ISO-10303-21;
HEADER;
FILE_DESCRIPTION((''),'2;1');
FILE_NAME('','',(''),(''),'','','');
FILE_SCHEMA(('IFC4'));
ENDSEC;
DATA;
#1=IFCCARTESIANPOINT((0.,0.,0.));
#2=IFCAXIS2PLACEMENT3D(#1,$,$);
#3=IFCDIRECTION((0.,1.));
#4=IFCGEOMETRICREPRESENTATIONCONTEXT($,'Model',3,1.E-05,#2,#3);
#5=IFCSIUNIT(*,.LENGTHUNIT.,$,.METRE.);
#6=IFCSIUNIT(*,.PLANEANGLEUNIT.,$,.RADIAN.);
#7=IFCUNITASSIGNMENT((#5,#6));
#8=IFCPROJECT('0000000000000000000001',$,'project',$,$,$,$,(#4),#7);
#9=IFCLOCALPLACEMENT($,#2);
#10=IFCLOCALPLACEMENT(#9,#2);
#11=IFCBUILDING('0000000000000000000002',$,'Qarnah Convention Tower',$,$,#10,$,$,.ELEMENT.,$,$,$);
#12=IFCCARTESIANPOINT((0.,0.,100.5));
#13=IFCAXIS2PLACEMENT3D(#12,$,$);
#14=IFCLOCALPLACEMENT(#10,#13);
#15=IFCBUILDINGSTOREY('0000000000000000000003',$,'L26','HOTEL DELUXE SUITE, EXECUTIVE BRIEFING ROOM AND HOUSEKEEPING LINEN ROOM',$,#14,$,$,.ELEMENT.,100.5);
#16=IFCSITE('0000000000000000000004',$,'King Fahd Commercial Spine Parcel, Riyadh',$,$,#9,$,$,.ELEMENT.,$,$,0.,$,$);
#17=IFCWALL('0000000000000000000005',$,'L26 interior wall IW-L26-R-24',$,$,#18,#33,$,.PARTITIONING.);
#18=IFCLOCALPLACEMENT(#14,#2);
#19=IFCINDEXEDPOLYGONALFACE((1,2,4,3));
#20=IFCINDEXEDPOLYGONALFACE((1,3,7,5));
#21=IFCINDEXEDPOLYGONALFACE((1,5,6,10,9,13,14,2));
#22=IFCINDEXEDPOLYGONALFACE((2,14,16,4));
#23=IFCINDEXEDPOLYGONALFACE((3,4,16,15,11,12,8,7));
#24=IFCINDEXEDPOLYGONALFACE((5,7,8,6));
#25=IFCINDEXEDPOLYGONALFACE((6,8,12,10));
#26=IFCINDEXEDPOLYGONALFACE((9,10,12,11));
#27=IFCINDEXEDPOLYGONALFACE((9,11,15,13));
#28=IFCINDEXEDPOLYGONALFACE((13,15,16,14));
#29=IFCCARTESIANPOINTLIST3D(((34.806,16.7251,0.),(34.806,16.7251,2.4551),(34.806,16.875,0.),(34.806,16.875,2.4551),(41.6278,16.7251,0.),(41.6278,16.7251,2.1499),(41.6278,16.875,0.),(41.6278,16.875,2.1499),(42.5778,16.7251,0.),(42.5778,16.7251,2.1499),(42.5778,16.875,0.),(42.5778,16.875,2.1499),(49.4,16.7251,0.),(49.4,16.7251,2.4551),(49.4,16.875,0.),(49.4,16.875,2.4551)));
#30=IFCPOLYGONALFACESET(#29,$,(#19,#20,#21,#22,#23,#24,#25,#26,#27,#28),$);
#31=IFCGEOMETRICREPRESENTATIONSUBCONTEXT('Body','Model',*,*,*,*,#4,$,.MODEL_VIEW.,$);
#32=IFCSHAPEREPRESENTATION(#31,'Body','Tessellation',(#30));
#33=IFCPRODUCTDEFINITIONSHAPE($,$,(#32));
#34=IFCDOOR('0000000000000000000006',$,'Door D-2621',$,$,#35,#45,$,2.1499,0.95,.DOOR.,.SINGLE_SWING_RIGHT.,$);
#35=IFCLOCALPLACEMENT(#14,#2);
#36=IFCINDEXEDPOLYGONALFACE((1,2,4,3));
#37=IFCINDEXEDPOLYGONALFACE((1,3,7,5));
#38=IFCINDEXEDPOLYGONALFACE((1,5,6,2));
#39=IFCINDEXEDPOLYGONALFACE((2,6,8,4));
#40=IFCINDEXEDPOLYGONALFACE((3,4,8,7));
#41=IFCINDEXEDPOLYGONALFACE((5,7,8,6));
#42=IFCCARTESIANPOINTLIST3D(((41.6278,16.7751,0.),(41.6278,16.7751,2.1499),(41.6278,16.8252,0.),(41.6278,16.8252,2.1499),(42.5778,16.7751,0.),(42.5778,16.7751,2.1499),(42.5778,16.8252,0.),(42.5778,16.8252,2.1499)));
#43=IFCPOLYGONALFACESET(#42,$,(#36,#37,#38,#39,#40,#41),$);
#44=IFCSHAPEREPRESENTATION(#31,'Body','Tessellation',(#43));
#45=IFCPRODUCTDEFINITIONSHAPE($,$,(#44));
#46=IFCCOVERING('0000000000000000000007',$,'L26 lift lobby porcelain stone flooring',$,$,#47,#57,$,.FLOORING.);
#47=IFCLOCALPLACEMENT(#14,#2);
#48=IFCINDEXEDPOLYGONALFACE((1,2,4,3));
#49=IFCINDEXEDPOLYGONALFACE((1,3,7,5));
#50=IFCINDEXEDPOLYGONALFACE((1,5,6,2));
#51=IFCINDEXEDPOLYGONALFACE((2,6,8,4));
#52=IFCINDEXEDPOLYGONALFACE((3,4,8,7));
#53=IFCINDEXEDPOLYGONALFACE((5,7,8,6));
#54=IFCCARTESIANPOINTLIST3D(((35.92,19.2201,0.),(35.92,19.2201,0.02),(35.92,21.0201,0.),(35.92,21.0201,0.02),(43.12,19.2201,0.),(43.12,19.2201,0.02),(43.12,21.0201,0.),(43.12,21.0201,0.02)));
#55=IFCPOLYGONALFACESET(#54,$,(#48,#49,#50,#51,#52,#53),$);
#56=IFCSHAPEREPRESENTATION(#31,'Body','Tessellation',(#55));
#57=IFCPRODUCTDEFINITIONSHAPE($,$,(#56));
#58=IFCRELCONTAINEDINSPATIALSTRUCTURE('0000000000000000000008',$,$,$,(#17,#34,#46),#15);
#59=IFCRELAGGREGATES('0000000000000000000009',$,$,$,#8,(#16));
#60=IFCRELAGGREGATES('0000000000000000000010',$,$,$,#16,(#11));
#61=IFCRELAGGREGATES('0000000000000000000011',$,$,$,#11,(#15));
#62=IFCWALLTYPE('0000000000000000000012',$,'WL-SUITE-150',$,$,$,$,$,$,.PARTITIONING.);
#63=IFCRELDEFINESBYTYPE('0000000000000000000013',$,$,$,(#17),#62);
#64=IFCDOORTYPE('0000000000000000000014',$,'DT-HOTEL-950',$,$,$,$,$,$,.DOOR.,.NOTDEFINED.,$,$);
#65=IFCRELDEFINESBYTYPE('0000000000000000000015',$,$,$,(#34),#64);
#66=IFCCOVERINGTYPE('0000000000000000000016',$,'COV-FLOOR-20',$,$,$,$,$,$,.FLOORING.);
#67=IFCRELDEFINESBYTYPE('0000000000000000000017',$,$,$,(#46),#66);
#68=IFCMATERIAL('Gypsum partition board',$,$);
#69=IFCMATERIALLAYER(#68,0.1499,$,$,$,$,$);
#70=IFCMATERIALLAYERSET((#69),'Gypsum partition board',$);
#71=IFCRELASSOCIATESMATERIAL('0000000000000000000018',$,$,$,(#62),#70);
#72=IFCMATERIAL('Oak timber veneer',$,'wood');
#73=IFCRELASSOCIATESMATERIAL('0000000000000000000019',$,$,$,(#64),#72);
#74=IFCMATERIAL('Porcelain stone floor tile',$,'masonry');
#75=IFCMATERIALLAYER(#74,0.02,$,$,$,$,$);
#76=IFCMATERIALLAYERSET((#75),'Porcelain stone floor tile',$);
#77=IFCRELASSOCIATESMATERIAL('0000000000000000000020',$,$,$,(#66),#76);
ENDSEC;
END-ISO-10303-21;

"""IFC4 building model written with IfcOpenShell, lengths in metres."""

from ifc_helpers import new_model, si_unit, direction, frame, frame_2d, origin, origin_2d, place, context, subcontext, project, spatial, rectangle, extrude, material, layer, layer_set, type_object, element, fill, save


model = new_model("IFC4")

# Units and contexts
model_context = context("Model", 3, precision=1e-05, world=origin(), true_north=direction((0.0, 1.0)))
body_context = subcontext(model_context, "Body", "Model", "MODEL_VIEW")
ifc_project = project(units=[si_unit("LENGTHUNIT", "METRE"), si_unit("PLANEANGLEUNIT", "RADIAN")], contexts=[model_context])

# Site, building, storey
site_placement = place(None, origin())
site = spatial("IfcSite", under=ifc_project, at=site_placement, Name="King Fahd Commercial Spine Parcel, Riyadh", CompositionType="ELEMENT", RefElevation=0.0)
building_placement = place(site_placement, origin())
building = spatial("IfcBuilding", under=site, at=building_placement, Name="Qarnah Convention Tower", CompositionType="ELEMENT")
storey_placement = place(building_placement, frame((0.0, 0.0, 100.5)))
storey = spatial("IfcBuildingStorey", under=building, at=storey_placement, Name="L26", Description="HOTEL DELUXE SUITE, EXECUTIVE BRIEFING ROOM AND HOUSEKEEPING LINEN ROOM", CompositionType="ELEMENT", Elevation=100.5)

# Shared definitions
ifc_material_1 = material(Name="Gypsum partition board")
ifc_layer_1 = layer(ifc_material_1, 0.1499)
ifc_layer_set_1 = layer_set([ifc_layer_1], Name="Gypsum partition board")
wall_type_1 = type_object("IfcWallType", Name="WL-SUITE-150", PredefinedType="PARTITIONING", material=ifc_layer_set_1)

# Wall, opening, door
wall_1_placement = place(storey_placement, frame((49.3999, 16.8, 0.0), z_axis=(0.0, 0.0, 1.0), x_axis=(-1.0, 0.0, 0.0)))
wall_1 = element("IfcWall", 1, at=wall_1_placement, inside=storey, type_object=wall_type_1, Name="L26 interior wall IW-L26-R-24", PredefinedType="PARTITIONING", context=body_context, shape_type="SweptSolid", body=[
    extrude(rectangle(XDim=14.594, YDim=0.1499, at=frame_2d((7.2969, 0.0))), origin(), (0.0, 0.0, 1.0), 2.4551),
])
opening_1_placement = place(wall_1_placement, frame((6.822, 0.0, 0.0)))
opening_1 = element("IfcOpeningElement", 2, at=opening_1_placement, cuts=wall_1, PredefinedType="OPENING", context=body_context, shape_type="SweptSolid", body=[
    extrude(rectangle(XDim=0.95, YDim=2.1499, at=frame_2d((0.4751, 1.075))), frame((0.0, 0.085, 0.0), z_axis=(0.0, -1.0, 0.0), x_axis=(1.0, 0.0, 0.0)), (0.0, 0.0, 1.0), 0.1699),
])
ifc_material_2 = material(Name="Oak timber veneer", Category="wood")
door_type_1 = type_object("IfcDoorType", Name="DT-HOTEL-950", OperationType="NOTDEFINED", PredefinedType="DOOR", material=ifc_material_2)
door_1_placement = place(opening_1_placement, origin())
door_1 = element("IfcDoor", 3, at=door_1_placement, inside=storey, type_object=door_type_1, Name="Door D-2621", OperationType="SINGLE_SWING_RIGHT", OverallHeight=2.1499, OverallWidth=0.95, PredefinedType="DOOR", context=body_context, shape_type="SweptSolid", body=[
    extrude(rectangle(XDim=0.95, YDim=2.1499, at=frame_2d((0.4751, 1.075))), frame((0.0, 0.0249, 0.0), z_axis=(0.0, -1.0, 0.0), x_axis=(1.0, 0.0, 0.0)), (0.0, 0.0, 1.0), 0.05),
])
fill(opening_1, door_1)

# Covering
ifc_material_3 = material(Name="Porcelain stone floor tile", Category="masonry")
ifc_layer_2 = layer(ifc_material_3, 0.02)
ifc_layer_set_2 = layer_set([ifc_layer_2], Name="Porcelain stone floor tile")
covering_type = type_object("IfcCoveringType", Name="COV-FLOOR-20", PredefinedType="FLOORING", material=ifc_layer_set_2)
covering_placement = place(storey_placement, frame((39.52, 20.1201, 0.0), z_axis=(0.0, 0.0, 1.0), x_axis=(1.0, 0.0, 0.0)))
element("IfcCovering", 4, at=covering_placement, inside=storey, type_object=covering_type, Name="L26 lift lobby porcelain stone flooring", PredefinedType="FLOORING", context=body_context, shape_type="SweptSolid", body=[
    extrude(rectangle(XDim=7.2, YDim=1.8, at=origin_2d()), origin(), (0.0, 0.0, 1.0), 0.02),
])

save(model, "model.ifc")
